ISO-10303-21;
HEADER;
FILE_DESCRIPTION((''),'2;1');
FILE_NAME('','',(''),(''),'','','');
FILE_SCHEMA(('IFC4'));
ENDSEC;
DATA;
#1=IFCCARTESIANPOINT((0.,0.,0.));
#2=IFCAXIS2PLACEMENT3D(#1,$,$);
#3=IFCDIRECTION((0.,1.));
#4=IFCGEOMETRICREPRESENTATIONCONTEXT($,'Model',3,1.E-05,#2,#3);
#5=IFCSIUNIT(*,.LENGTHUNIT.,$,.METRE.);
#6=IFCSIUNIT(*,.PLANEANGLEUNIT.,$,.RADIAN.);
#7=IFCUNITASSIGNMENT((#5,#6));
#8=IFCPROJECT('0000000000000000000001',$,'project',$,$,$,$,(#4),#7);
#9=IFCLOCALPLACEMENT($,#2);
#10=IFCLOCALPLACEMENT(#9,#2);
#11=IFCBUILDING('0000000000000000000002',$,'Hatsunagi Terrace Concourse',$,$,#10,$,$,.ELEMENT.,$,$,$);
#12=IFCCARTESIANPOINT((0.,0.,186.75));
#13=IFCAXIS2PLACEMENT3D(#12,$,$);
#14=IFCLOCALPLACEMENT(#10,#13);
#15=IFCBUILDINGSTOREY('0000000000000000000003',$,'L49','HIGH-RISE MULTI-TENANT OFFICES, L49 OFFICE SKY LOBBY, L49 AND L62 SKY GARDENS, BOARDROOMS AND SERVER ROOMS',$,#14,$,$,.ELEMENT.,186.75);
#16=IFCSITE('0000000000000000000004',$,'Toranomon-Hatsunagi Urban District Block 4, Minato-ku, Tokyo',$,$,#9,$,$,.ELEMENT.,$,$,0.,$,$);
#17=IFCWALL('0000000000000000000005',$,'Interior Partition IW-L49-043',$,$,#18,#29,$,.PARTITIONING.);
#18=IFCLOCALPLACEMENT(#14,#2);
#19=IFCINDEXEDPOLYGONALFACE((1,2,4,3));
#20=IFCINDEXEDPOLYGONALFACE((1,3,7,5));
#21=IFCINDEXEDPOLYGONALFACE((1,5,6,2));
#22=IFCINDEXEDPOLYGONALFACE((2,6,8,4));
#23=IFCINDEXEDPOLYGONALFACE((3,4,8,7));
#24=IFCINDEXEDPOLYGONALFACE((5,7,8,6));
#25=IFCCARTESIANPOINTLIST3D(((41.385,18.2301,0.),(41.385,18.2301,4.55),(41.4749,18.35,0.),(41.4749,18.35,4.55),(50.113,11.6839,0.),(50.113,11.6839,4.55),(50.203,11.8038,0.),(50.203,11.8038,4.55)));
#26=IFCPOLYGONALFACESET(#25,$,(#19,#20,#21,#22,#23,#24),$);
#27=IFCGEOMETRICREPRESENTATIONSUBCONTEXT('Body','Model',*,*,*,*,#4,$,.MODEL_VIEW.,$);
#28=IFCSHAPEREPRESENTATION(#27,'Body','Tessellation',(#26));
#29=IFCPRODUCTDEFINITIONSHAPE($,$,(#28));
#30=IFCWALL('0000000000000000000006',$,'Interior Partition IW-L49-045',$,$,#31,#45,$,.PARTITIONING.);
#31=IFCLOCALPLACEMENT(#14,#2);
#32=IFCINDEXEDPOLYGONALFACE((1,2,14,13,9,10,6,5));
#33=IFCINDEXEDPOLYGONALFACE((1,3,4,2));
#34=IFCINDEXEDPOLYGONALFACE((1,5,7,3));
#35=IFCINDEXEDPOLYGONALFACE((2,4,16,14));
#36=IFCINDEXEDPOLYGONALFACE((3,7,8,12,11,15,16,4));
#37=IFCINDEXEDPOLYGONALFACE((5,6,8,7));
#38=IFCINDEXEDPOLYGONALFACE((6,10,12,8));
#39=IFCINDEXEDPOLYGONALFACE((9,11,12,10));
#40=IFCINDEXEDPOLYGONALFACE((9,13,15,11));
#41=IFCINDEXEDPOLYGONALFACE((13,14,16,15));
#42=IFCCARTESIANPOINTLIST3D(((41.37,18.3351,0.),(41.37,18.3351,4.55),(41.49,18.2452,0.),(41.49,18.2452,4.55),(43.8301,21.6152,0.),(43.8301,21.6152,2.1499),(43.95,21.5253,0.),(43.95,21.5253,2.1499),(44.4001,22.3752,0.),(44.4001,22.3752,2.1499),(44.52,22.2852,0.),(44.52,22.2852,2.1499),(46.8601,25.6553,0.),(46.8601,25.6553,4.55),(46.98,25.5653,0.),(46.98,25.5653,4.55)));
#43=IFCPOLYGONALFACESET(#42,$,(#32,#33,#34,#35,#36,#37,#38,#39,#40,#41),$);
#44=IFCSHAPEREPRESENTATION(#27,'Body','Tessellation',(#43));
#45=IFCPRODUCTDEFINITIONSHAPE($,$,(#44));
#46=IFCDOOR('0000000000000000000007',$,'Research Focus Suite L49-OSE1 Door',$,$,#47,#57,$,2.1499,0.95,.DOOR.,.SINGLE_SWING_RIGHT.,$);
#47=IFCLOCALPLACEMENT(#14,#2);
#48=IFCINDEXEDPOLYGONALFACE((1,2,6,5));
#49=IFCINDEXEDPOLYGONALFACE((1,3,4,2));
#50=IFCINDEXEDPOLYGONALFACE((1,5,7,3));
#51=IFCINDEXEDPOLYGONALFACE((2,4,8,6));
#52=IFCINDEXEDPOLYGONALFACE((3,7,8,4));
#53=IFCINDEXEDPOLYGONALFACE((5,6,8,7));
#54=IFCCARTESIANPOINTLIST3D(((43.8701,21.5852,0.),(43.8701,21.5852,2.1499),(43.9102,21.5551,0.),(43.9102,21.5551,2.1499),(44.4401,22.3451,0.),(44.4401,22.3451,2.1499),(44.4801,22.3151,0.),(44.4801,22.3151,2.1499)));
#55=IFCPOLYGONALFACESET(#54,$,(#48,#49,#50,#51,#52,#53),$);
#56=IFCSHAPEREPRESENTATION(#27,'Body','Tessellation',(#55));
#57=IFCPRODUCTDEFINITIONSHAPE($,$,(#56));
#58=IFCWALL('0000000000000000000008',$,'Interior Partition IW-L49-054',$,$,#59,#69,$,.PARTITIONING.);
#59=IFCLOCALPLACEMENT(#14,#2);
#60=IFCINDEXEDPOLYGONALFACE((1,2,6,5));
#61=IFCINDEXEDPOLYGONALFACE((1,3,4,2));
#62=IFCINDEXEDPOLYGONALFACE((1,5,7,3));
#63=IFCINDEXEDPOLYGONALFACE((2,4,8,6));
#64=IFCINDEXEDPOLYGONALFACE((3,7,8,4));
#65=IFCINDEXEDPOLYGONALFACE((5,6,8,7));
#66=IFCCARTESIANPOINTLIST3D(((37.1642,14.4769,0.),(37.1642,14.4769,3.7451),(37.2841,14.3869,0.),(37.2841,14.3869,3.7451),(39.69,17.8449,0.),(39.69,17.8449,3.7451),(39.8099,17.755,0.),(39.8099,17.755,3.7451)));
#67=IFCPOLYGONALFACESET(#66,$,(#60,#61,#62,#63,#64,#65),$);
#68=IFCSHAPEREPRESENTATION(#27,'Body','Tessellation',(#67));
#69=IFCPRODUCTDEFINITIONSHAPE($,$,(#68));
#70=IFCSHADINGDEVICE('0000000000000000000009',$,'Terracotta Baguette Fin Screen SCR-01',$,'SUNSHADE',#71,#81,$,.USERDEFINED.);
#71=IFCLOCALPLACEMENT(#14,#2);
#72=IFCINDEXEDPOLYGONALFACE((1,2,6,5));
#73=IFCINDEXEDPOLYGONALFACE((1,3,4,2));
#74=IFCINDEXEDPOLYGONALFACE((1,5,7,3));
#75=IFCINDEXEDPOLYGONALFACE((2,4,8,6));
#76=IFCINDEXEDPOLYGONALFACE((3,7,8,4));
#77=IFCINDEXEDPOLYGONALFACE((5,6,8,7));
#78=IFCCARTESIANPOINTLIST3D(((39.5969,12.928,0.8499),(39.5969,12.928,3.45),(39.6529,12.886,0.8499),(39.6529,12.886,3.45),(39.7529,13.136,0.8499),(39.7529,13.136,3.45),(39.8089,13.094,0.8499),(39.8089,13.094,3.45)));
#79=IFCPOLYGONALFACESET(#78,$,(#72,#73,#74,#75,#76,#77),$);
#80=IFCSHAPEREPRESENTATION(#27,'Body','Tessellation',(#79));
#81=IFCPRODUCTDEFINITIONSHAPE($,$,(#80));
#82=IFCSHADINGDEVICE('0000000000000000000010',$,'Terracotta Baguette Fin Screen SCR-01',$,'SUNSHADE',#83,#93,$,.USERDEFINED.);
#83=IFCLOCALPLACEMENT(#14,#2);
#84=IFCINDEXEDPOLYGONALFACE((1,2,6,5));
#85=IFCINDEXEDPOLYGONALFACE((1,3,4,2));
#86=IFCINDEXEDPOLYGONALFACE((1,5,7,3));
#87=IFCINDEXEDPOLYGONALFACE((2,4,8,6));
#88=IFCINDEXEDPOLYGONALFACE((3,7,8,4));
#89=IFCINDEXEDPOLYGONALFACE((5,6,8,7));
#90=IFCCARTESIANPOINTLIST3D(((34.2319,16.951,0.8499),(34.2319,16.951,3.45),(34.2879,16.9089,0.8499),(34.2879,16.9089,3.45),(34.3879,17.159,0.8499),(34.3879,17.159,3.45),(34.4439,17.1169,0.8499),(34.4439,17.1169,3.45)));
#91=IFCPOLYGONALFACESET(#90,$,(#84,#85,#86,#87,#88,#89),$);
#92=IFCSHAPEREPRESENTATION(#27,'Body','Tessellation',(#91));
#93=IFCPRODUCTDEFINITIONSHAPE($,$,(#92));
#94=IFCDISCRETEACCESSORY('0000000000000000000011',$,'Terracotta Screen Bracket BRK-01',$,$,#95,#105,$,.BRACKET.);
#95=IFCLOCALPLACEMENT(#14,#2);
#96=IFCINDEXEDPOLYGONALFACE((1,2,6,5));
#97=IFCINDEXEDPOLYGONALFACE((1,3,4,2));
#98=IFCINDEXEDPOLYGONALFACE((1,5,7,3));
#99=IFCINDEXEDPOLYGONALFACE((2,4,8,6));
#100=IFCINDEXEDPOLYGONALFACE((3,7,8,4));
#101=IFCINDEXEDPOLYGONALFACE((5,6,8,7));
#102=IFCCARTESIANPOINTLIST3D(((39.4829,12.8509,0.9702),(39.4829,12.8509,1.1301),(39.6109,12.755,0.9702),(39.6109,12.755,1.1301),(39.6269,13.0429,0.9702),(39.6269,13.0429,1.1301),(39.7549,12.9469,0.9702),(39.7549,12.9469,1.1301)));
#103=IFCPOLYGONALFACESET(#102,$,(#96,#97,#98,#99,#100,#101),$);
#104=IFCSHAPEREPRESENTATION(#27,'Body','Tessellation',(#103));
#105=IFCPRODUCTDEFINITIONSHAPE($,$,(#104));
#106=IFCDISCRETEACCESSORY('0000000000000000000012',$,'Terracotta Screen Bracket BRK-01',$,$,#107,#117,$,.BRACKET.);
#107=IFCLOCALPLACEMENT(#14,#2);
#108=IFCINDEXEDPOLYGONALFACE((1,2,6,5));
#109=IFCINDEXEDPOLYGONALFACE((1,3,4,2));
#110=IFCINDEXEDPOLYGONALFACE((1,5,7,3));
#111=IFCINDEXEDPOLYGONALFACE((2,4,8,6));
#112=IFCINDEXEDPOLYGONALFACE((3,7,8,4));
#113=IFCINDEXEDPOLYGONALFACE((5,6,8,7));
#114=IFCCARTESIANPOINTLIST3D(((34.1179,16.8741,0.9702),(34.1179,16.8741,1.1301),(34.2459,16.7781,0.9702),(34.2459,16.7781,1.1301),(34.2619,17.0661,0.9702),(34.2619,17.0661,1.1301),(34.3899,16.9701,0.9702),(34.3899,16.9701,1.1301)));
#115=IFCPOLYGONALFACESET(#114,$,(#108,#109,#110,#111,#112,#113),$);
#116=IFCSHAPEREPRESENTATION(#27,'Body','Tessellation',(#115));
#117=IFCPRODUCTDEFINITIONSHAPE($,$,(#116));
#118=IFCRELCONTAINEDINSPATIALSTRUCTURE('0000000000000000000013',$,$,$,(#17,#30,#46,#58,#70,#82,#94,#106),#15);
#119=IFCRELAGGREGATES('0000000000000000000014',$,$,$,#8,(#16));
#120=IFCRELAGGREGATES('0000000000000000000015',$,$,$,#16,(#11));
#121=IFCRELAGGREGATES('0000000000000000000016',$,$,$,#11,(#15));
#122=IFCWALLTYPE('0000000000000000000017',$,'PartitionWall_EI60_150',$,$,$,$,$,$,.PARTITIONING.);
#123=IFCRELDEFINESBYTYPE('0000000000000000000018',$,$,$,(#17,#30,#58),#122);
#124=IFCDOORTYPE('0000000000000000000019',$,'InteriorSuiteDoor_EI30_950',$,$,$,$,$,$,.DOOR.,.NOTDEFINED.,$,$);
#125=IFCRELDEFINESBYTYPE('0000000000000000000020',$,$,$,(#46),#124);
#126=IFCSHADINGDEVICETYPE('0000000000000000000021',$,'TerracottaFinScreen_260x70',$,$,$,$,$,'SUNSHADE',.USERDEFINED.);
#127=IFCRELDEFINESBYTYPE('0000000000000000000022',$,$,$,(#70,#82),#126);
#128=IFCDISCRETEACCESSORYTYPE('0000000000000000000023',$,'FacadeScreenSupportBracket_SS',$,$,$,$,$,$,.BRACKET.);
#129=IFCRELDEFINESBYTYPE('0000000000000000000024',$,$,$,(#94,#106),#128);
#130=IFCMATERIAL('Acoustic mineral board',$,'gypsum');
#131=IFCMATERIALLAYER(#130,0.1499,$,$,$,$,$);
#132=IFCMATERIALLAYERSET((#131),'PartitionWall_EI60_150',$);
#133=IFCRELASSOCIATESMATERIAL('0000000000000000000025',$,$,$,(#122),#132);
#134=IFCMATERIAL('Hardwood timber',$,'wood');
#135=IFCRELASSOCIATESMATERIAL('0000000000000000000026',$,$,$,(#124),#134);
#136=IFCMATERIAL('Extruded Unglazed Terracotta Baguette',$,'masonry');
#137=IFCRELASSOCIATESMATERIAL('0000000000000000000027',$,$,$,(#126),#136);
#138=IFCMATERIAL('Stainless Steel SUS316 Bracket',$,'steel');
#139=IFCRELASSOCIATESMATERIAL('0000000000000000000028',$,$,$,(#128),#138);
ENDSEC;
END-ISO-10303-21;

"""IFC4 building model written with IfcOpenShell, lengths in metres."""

from ifc_helpers import new_model, si_unit, direction, frame, frame_2d, origin, origin_2d, place, context, subcontext, project, spatial, rectangle, extrude, material, layer, layer_set, type_object, element, fill, save


model = new_model("IFC4")

# Units and contexts
model_context = context("Model", 3, precision=1e-05, world=origin(), true_north=direction((0.0, 1.0)))
body_context = subcontext(model_context, "Body", "Model", "MODEL_VIEW")
ifc_project = project(units=[si_unit("LENGTHUNIT", "METRE"), si_unit("PLANEANGLEUNIT", "RADIAN")], contexts=[model_context])

# Site, building, storey
site_placement = place(None, origin())
site = spatial("IfcSite", under=ifc_project, at=site_placement, Name="Toranomon-Hatsunagi Urban District Block 4, Minato-ku, Tokyo", CompositionType="ELEMENT", RefElevation=0.0)
building_placement = place(site_placement, origin())
building = spatial("IfcBuilding", under=site, at=building_placement, Name="Hatsunagi Terrace Concourse", CompositionType="ELEMENT")
storey_placement = place(building_placement, frame((0.0, 0.0, 186.75)))
storey = spatial("IfcBuildingStorey", under=building, at=storey_placement, Name="L49", Description="HIGH-RISE MULTI-TENANT OFFICES, L49 OFFICE SKY LOBBY, L49 AND L62 SKY GARDENS, BOARDROOMS AND SERVER ROOMS", CompositionType="ELEMENT", Elevation=186.75)

# Wall
ifc_material_1 = material(Name="Acoustic mineral board", Category="gypsum")
ifc_layer_1 = layer(ifc_material_1, 0.1499)
ifc_layer_set_1 = layer_set([ifc_layer_1], Name="PartitionWall_EI60_150")
wall_type_1 = type_object("IfcWallType", Name="PartitionWall_EI60_150", PredefinedType="PARTITIONING", material=ifc_layer_set_1)
wall_1_placement = place(storey_placement, frame((41.4299, 18.29, 0.0), z_axis=(0.0, 0.0, 1.0), x_axis=(0.799995, -0.600007, 0.0)))
element("IfcWall", 1, at=wall_1_placement, inside=storey, type_object=wall_type_1, Name="Interior Partition IW-L49-043", PredefinedType="PARTITIONING", context=body_context, shape_type="SweptSolid", body=[
    extrude(rectangle(XDim=10.9102, YDim=0.1499, at=frame_2d((5.4551, 0.0))), origin(), (0.0, 0.0, 1.0), 4.55),
])

# Wall, opening, door
wall_2_placement = place(storey_placement, frame((41.4299, 18.29, 0.0), z_axis=(0.0, 0.0, 1.0), x_axis=(0.599996, 0.800003, 0.0)))
wall_2 = element("IfcWall", 2, at=wall_2_placement, inside=storey, type_object=wall_type_1, Name="Interior Partition IW-L49-045", PredefinedType="PARTITIONING", context=body_context, shape_type="SweptSolid", body=[
    extrude(rectangle(XDim=9.1501, YDim=0.1499, at=frame_2d((4.5752, 0.0))), origin(), (0.0, 0.0, 1.0), 4.55),
])
opening_placement = place(wall_2_placement, frame((4.1001, 0.0, 0.0)))
opening = element("IfcOpeningElement", 3, at=opening_placement, cuts=wall_2, PredefinedType="OPENING", context=body_context, shape_type="SweptSolid", body=[
    extrude(rectangle(XDim=0.95, YDim=2.1499, at=frame_2d((0.4751, 1.075))), frame((0.0, 0.085, 0.0), z_axis=(0.0, -1.0, 0.0), x_axis=(1.0, 0.0, 0.0)), (0.0, 0.0, 1.0), 0.1699),
])
ifc_material_2 = material(Name="Hardwood timber", Category="wood")
door_type = type_object("IfcDoorType", Name="InteriorSuiteDoor_EI30_950", OperationType="NOTDEFINED", PredefinedType="DOOR", material=ifc_material_2)
door_placement = place(opening_placement, origin())
door = element("IfcDoor", 4, at=door_placement, inside=storey, type_object=door_type, Name="Research Focus Suite L49-OSE1 Door", OperationType="SINGLE_SWING_RIGHT", OverallHeight=2.1499, OverallWidth=0.95, PredefinedType="DOOR", context=body_context, shape_type="SweptSolid", body=[
    extrude(rectangle(XDim=0.95, YDim=2.1499, at=frame_2d((0.4751, 1.075))), frame((0.0, 0.0249, 0.0), z_axis=(0.0, -1.0, 0.0), x_axis=(1.0, 0.0, 0.0)), (0.0, 0.0, 1.0), 0.05),
])
fill(opening, door)

# Wall
wall_3_placement = place(storey_placement, frame((37.2241, 14.4319, 0.0), z_axis=(0.0, 0.0, 1.0), x_axis=(0.599963, 0.800028, 0.0)))
element("IfcWall", 5, at=wall_3_placement, inside=storey, type_object=wall_type_1, Name="Interior Partition IW-L49-054", PredefinedType="PARTITIONING", context=body_context, shape_type="SweptSolid", body=[
    extrude(rectangle(XDim=4.21, YDim=0.1499, at=frame_2d((2.105, 0.0))), origin(), (0.0, 0.0, 1.0), 3.7451),
])

# Shading devices
ifc_material_3 = material(Name="Extruded Unglazed Terracotta Baguette", Category="masonry")
shading_device_type = type_object("IfcShadingDeviceType", Name="TerracottaFinScreen_260x70", ElementType="SUNSHADE", PredefinedType="USERDEFINED", material=ifc_material_3)
for number, where, z_axis, x_axis, name in (
    (6, (39.7029, 13.011, 0.8499), (0.0, 0.0, 1.0), (-0.800005, 0.599993, 0.0), "Terracotta Baguette Fin Screen SCR-01"),
    (7, (34.3379, 17.0339, 0.8499), (0.0, 0.0, 1.0), (-0.800005, 0.599993, 0.0), "Terracotta Baguette Fin Screen SCR-01"),
):
    element("IfcShadingDevice", number, at=place(storey_placement, frame(where, z_axis=z_axis, x_axis=x_axis)), inside=storey, type_object=shading_device_type, Name=name, ObjectType="SUNSHADE", PredefinedType="USERDEFINED", context=body_context, shape_type="SweptSolid", body=[
        extrude(rectangle(XDim=0.0701, YDim=0.26, at=origin_2d()), origin(), (0.0, 0.0, 1.0), 2.6001),
    ])

# Discrete accessories
ifc_material_4 = material(Name="Stainless Steel SUS316 Bracket", Category="steel")
discrete_accessory_type = type_object("IfcDiscreteAccessoryType", Name="FacadeScreenSupportBracket_SS", PredefinedType="BRACKET", material=ifc_material_4)
for number, where, z_axis, x_axis, name in (
    (8, (39.6189, 12.8989, 0.9702), (0.0, 0.0, 1.0), (-0.800005, 0.599993, 0.0), "Terracotta Screen Bracket BRK-01"),
    (9, (34.2539, 16.9221, 0.9702), (0.0, 0.0, 1.0), (-0.800005, 0.599993, 0.0), "Terracotta Screen Bracket BRK-01"),
):
    element("IfcDiscreteAccessory", number, at=place(storey_placement, frame(where, z_axis=z_axis, x_axis=x_axis)), inside=storey, type_object=discrete_accessory_type, Name=name, PredefinedType="BRACKET", context=body_context, shape_type="SweptSolid", body=[
        extrude(rectangle(XDim=0.1599, YDim=0.24, at=origin_2d()), origin(), (0.0, 0.0, 1.0), 0.1599),
    ])

save(model, "model.ifc")
